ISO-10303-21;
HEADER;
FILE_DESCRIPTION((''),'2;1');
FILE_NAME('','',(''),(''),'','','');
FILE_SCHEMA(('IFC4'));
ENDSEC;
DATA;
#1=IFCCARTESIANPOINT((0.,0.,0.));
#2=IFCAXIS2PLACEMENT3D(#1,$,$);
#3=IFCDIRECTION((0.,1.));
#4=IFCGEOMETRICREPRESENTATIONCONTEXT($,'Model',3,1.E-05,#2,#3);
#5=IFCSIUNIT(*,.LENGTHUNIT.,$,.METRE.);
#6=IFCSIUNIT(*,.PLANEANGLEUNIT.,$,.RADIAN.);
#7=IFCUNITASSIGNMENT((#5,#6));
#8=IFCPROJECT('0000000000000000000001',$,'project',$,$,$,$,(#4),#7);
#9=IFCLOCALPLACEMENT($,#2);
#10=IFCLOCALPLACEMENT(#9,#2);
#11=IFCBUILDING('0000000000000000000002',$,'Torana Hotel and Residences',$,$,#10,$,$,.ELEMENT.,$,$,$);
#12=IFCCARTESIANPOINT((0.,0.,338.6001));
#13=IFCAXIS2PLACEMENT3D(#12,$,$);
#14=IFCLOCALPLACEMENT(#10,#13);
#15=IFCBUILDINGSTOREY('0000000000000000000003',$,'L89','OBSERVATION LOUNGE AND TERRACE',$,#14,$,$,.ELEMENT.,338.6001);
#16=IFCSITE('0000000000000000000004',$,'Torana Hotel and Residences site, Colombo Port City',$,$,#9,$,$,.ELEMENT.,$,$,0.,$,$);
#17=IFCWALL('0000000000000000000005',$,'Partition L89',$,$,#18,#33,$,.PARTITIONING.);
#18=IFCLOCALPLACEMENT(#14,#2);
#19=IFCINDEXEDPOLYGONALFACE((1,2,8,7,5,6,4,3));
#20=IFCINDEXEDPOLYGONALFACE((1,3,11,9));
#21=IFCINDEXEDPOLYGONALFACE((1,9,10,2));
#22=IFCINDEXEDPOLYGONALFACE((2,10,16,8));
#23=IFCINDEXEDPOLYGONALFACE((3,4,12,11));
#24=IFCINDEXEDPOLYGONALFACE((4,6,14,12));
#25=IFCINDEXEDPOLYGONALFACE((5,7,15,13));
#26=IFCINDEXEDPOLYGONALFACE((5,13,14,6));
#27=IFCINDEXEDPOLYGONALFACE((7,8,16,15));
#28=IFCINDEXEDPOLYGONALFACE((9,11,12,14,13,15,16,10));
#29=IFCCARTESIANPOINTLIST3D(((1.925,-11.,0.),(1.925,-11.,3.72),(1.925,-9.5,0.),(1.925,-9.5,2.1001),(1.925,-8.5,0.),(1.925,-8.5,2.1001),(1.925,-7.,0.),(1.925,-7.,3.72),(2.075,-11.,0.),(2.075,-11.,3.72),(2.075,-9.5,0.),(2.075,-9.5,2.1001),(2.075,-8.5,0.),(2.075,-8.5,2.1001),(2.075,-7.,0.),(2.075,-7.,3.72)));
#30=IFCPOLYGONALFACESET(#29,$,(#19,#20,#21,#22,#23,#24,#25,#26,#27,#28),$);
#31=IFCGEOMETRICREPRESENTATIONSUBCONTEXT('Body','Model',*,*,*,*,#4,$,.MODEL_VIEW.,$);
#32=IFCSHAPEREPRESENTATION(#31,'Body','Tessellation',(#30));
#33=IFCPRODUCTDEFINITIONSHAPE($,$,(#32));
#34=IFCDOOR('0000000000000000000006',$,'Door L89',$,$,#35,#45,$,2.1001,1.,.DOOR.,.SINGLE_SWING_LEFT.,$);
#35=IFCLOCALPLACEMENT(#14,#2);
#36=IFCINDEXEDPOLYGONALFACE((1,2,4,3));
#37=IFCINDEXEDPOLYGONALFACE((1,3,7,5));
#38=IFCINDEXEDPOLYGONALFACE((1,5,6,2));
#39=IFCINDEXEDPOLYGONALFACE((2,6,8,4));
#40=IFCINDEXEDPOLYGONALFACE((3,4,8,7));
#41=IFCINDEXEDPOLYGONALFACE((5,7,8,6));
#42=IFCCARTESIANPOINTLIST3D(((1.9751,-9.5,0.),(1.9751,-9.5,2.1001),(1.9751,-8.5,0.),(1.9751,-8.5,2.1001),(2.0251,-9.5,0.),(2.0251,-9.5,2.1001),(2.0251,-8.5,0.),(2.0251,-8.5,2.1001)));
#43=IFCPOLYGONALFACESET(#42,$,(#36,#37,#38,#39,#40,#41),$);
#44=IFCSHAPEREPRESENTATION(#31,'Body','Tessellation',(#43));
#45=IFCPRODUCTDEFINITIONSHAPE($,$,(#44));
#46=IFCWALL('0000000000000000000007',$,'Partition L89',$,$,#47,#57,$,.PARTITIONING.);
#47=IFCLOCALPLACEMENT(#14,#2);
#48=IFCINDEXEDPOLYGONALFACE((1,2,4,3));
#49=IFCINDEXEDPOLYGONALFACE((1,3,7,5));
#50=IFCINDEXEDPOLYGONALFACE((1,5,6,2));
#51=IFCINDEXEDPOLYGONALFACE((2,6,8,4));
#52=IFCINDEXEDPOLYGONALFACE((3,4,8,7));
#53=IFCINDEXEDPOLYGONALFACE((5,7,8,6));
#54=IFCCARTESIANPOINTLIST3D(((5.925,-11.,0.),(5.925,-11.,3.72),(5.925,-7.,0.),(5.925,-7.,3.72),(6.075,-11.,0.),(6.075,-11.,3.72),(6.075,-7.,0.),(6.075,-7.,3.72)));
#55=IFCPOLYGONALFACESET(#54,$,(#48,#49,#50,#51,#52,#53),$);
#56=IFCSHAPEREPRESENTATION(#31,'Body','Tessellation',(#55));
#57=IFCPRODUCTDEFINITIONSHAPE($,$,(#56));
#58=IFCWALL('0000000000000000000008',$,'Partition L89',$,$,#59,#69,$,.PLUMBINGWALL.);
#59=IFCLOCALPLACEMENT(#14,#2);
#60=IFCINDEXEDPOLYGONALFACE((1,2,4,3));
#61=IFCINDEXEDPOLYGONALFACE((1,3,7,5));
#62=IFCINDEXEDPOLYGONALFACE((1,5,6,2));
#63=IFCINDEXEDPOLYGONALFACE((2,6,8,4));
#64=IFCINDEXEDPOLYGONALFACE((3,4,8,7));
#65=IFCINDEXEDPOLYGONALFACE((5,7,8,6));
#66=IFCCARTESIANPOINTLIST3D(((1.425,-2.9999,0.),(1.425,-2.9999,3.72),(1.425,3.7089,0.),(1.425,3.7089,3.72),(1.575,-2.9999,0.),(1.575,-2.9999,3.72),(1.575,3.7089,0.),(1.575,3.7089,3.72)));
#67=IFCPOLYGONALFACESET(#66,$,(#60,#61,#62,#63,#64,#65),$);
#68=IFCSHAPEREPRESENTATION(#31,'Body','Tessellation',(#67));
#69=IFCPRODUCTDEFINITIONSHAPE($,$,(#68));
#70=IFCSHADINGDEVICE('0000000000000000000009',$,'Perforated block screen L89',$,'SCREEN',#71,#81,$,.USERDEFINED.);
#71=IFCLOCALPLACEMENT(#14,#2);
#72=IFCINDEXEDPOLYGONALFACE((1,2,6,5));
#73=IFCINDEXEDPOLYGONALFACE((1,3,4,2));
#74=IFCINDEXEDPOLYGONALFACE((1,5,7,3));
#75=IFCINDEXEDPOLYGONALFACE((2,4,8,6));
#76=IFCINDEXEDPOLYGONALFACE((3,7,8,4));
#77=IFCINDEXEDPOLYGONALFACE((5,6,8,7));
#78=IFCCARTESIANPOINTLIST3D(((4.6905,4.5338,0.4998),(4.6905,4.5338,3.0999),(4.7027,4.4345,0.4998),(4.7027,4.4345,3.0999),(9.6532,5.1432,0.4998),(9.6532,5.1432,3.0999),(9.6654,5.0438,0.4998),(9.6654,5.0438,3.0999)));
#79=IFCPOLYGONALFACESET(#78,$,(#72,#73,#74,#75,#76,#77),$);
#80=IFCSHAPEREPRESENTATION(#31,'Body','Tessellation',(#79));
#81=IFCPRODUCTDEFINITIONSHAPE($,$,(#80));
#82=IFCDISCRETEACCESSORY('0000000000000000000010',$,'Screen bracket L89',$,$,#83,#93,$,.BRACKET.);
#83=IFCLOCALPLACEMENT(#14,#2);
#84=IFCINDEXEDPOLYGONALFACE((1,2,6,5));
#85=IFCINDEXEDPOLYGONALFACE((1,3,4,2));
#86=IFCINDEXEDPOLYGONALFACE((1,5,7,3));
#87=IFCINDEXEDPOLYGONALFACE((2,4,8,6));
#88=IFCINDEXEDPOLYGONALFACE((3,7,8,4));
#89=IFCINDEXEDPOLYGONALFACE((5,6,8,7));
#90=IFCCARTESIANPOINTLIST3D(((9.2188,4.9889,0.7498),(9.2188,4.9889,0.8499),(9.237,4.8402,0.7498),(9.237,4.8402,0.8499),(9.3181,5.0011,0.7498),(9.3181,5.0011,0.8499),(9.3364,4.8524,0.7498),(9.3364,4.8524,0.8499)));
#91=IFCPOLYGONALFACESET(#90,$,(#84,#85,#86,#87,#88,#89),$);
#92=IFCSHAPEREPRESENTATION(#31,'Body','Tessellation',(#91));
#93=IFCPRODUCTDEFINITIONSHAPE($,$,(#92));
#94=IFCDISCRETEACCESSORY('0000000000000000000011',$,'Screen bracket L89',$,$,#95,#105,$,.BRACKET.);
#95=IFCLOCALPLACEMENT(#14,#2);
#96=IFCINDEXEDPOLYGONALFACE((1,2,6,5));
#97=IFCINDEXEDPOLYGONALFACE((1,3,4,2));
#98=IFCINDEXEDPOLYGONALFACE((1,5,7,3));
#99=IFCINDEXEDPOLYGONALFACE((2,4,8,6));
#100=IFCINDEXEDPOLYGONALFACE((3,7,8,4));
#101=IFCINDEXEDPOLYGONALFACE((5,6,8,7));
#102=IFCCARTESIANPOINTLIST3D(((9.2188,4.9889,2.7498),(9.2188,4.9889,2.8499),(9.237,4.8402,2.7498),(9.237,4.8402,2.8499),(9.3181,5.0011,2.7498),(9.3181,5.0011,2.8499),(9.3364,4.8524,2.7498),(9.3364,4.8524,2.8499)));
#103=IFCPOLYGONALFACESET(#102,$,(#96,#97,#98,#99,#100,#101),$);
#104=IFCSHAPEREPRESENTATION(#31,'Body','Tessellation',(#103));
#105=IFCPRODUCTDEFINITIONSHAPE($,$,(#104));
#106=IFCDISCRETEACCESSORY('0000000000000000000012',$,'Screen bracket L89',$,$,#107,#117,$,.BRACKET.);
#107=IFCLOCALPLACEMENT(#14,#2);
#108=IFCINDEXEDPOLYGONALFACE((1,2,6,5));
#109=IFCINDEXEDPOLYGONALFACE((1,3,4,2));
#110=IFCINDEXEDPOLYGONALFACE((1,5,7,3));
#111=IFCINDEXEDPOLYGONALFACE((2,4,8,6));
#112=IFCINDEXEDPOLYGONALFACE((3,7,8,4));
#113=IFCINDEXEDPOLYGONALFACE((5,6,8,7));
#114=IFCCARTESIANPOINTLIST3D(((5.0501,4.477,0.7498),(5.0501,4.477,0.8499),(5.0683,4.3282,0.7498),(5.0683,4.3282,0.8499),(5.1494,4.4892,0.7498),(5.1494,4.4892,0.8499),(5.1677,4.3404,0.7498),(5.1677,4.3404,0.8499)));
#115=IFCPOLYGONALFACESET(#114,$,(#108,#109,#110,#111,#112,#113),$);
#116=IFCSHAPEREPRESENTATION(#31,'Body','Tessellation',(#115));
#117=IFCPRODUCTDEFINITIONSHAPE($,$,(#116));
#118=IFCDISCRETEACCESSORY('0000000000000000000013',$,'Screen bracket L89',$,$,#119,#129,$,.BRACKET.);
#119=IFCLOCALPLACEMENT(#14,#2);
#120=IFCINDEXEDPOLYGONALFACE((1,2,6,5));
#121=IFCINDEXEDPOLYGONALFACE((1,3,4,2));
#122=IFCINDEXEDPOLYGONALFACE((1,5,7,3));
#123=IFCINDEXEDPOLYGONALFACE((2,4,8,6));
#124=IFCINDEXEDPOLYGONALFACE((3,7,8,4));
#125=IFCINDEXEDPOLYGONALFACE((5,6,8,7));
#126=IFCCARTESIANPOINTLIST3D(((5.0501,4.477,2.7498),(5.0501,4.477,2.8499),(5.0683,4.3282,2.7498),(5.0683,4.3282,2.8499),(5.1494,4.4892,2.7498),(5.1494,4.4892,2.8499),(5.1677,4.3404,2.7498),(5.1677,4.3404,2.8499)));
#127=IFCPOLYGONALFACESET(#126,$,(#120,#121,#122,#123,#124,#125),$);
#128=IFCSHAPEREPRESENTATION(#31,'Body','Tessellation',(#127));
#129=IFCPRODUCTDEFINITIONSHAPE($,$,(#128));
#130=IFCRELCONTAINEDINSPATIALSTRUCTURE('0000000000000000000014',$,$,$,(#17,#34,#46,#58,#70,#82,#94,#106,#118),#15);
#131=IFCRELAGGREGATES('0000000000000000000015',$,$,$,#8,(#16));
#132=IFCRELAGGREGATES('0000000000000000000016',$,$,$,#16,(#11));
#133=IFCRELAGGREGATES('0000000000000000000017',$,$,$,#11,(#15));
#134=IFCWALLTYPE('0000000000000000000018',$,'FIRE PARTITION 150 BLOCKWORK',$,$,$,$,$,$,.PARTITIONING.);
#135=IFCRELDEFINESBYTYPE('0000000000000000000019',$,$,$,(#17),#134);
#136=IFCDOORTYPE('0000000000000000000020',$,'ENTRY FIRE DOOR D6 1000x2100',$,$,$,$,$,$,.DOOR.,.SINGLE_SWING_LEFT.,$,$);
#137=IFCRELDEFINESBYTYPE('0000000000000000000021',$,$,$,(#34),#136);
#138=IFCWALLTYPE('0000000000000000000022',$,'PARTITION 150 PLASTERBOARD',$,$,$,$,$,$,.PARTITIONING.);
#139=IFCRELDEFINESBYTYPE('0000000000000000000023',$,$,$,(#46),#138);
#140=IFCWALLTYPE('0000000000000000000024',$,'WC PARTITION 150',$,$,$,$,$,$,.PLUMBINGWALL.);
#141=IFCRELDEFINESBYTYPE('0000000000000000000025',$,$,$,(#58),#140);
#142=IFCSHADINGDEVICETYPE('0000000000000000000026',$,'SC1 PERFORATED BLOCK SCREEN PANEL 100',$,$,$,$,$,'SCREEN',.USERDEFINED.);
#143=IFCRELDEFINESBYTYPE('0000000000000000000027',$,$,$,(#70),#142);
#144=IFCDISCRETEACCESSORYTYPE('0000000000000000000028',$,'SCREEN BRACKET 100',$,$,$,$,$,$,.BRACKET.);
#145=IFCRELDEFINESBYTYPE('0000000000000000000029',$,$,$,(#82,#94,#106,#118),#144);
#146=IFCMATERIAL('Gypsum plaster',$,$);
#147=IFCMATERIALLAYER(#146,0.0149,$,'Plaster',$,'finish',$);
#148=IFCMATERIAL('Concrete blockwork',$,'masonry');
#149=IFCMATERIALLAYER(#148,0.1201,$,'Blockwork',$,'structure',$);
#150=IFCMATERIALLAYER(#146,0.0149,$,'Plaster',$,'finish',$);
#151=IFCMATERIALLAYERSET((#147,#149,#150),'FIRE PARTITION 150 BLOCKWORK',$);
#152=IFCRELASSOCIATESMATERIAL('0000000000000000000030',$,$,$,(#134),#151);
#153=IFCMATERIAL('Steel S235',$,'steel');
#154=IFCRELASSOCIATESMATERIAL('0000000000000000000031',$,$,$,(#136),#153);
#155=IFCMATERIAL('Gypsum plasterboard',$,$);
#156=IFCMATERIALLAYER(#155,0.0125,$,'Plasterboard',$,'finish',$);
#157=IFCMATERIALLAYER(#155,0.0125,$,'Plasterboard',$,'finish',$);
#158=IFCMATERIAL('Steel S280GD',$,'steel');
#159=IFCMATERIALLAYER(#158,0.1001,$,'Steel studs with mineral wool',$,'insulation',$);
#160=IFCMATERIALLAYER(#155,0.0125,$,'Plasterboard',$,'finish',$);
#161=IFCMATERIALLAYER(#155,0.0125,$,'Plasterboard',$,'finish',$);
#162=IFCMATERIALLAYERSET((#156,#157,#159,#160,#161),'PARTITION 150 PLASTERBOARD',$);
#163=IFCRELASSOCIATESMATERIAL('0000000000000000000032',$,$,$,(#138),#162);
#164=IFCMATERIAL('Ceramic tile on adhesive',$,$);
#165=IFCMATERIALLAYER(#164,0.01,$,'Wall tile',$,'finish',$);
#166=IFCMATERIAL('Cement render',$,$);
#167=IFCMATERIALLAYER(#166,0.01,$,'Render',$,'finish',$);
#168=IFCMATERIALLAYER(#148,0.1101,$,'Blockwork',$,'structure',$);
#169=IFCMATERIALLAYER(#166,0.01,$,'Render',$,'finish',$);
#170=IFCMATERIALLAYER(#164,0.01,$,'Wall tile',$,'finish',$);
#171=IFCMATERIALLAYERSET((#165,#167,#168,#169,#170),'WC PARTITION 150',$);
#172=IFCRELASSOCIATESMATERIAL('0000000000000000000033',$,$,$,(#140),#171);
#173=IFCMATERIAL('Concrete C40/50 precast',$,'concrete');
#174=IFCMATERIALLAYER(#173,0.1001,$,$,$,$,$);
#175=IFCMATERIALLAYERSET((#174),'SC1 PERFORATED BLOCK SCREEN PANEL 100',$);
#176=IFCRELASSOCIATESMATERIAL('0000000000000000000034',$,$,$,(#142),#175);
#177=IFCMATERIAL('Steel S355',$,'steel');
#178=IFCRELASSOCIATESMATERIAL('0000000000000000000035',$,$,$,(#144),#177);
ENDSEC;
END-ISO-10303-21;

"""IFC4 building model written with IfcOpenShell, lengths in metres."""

from ifc_helpers import new_model, si_unit, direction, frame, frame_2d, origin, origin_2d, place, context, subcontext, project, spatial, rectangle, extrude, material, layer, layer_set, type_object, element, fill, save


model = new_model("IFC4")

# Units and contexts
model_context = context("Model", 3, precision=1e-05, world=origin(), true_north=direction((0.0, 1.0)))
body_context = subcontext(model_context, "Body", "Model", "MODEL_VIEW")
ifc_project = project(units=[si_unit("LENGTHUNIT", "METRE"), si_unit("PLANEANGLEUNIT", "RADIAN")], contexts=[model_context])

# Site, building, storey
site_placement = place(None, origin())
site = spatial("IfcSite", under=ifc_project, at=site_placement, Name="Torana Hotel and Residences site, Colombo Port City", CompositionType="ELEMENT", RefElevation=0.0)
building_placement = place(site_placement, origin())
building = spatial("IfcBuilding", under=site, at=building_placement, Name="Torana Hotel and Residences", CompositionType="ELEMENT")
storey_placement = place(building_placement, frame((0.0, 0.0, 338.6001)))
storey = spatial("IfcBuildingStorey", under=building, at=storey_placement, Name="L89", Description="OBSERVATION LOUNGE AND TERRACE", CompositionType="ELEMENT", Elevation=338.6001)

# Wall, opening, door
ifc_material_1 = material(Name="Gypsum plaster")
ifc_layer_1 = layer(ifc_material_1, 0.0149, Name="Plaster", Category="finish")
ifc_material_2 = material(Name="Concrete blockwork", Category="masonry")
ifc_layer_2 = layer(ifc_material_2, 0.1201, Name="Blockwork", Category="structure")
ifc_layer_3 = layer(ifc_material_1, 0.0149, Name="Plaster", Category="finish")
ifc_layer_set_1 = layer_set([ifc_layer_1, ifc_layer_2, ifc_layer_3], Name="FIRE PARTITION 150 BLOCKWORK")
wall_type_1 = type_object("IfcWallType", Name="FIRE PARTITION 150 BLOCKWORK", PredefinedType="PARTITIONING", material=ifc_layer_set_1)
wall_1_placement = place(storey_placement, frame((2.0, -11.0, 0.0), z_axis=(0.0, 0.0, 1.0), x_axis=(0.0, 1.0, 0.0)))
wall_1 = element("IfcWall", 1, at=wall_1_placement, inside=storey, type_object=wall_type_1, Name="Partition L89", PredefinedType="PARTITIONING", context=body_context, shape_type="SweptSolid", body=[
    extrude(rectangle(XDim=4.0, YDim=0.1499, at=frame_2d((2.0, 0.0))), origin(), (0.0, 0.0, 1.0), 3.72),
])
opening_placement = place(wall_1_placement, frame((1.5, 0.0, 0.0)))
opening = element("IfcOpeningElement", 2, at=opening_placement, cuts=wall_1, PredefinedType="OPENING", context=body_context, shape_type="SweptSolid", body=[
    extrude(rectangle(XDim=1.0, YDim=2.1001, at=frame_2d((0.5, 1.05))), frame((0.0, 0.085, 0.0), z_axis=(0.0, -1.0, 0.0), x_axis=(1.0, 0.0, 0.0)), (0.0, 0.0, 1.0), 0.1699),
])
ifc_material_3 = material(Name="Steel S235", Category="steel")
door_type = type_object("IfcDoorType", Name="ENTRY FIRE DOOR D6 1000x2100", OperationType="SINGLE_SWING_LEFT", PredefinedType="DOOR", material=ifc_material_3)
door_placement = place(opening_placement, frame((0.5, 0.0, 0.0), z_axis=(0.0, 0.0, 1.0), x_axis=(-1.0, 0.0, 0.0)))
door = element("IfcDoor", 3, at=door_placement, inside=storey, type_object=door_type, Name="Door L89", OperationType="SINGLE_SWING_LEFT", OverallHeight=2.1001, OverallWidth=1.0, PredefinedType="DOOR", context=body_context, shape_type="SweptSolid", body=[
    extrude(rectangle(XDim=1.0, YDim=2.1001, at=frame_2d((0.0, 1.05))), frame((0.0, -0.0249, 0.0), z_axis=(0.0, 1.0, 0.0), x_axis=(-1.0, 0.0, 0.0)), (0.0, 0.0, 1.0), 0.05),
])
fill(opening, door)

# Walls
ifc_material_4 = material(Name="Gypsum plasterboard")
ifc_layer_4 = layer(ifc_material_4, 0.0125, Name="Plasterboard", Category="finish")
ifc_layer_5 = layer(ifc_material_4, 0.0125, Name="Plasterboard", Category="finish")
ifc_material_5 = material(Name="Steel S280GD", Category="steel")
ifc_layer_6 = layer(ifc_material_5, 0.1001, Name="Steel studs with mineral wool", Category="insulation")
ifc_layer_7 = layer(ifc_material_4, 0.0125, Name="Plasterboard", Category="finish")
ifc_layer_8 = layer(ifc_material_4, 0.0125, Name="Plasterboard", Category="finish")
ifc_layer_set_2 = layer_set([ifc_layer_4, ifc_layer_5, ifc_layer_6, ifc_layer_7, ifc_layer_8], Name="PARTITION 150 PLASTERBOARD")
wall_type_2 = type_object("IfcWallType", Name="PARTITION 150 PLASTERBOARD", PredefinedType="PARTITIONING", material=ifc_layer_set_2)
wall_2_placement = place(storey_placement, frame((6.0, -11.0, 0.0), z_axis=(0.0, 0.0, 1.0), x_axis=(0.0, 1.0, 0.0)))
element("IfcWall", 4, at=wall_2_placement, inside=storey, type_object=wall_type_2, Name="Partition L89", PredefinedType="PARTITIONING", context=body_context, shape_type="SweptSolid", body=[
    extrude(rectangle(XDim=4.0, YDim=0.1499, at=frame_2d((2.0, 0.0))), origin(), (0.0, 0.0, 1.0), 3.72),
])
ifc_material_6 = material(Name="Ceramic tile on adhesive")
ifc_layer_9 = layer(ifc_material_6, 0.01, Name="Wall tile", Category="finish")
ifc_material_7 = material(Name="Cement render")
ifc_layer_10 = layer(ifc_material_7, 0.01, Name="Render", Category="finish")
ifc_layer_11 = layer(ifc_material_2, 0.1101, Name="Blockwork", Category="structure")
ifc_layer_12 = layer(ifc_material_7, 0.01, Name="Render", Category="finish")
ifc_layer_13 = layer(ifc_material_6, 0.01, Name="Wall tile", Category="finish")
ifc_layer_set_3 = layer_set([ifc_layer_9, ifc_layer_10, ifc_layer_11, ifc_layer_12, ifc_layer_13], Name="WC PARTITION 150")
wall_type_3 = type_object("IfcWallType", Name="WC PARTITION 150", PredefinedType="PLUMBINGWALL", material=ifc_layer_set_3)
wall_3_placement = place(storey_placement, frame((1.5, -3.0, 0.0), z_axis=(0.0, 0.0, 1.0), x_axis=(0.0, 1.0, 0.0)))
element("IfcWall", 5, at=wall_3_placement, inside=storey, type_object=wall_type_3, Name="Partition L89", PredefinedType="PLUMBINGWALL", context=body_context, shape_type="SweptSolid", body=[
    extrude(rectangle(XDim=6.7087, YDim=0.1499, at=frame_2d((3.3545, 0.0))), origin(), (0.0, 0.0, 1.0), 3.72),
])

# Shading device
ifc_material_8 = material(Name="Concrete C40/50 precast", Category="concrete")
ifc_layer_14 = layer(ifc_material_8, 0.1001)
ifc_layer_set_4 = layer_set([ifc_layer_14], Name="SC1 PERFORATED BLOCK SCREEN PANEL 100")
shading_device_type = type_object("IfcShadingDeviceType", Name="SC1 PERFORATED BLOCK SCREEN PANEL 100", ElementType="SCREEN", PredefinedType="USERDEFINED", material=ifc_layer_set_4)
shading_device_placement = place(storey_placement, frame((7.178, 4.7888, 0.4998), z_axis=(0.0, 0.0, 1.0), x_axis=(-0.992547, -0.121866, 0.0)))
element("IfcShadingDevice", 6, at=shading_device_placement, inside=storey, type_object=shading_device_type, Name="Perforated block screen L89", ObjectType="SCREEN", PredefinedType="USERDEFINED", context=body_context, shape_type="SweptSolid", body=[
    extrude(rectangle(XDim=5.0, YDim=0.1001, at=origin_2d()), origin(), (0.0, 0.0, 1.0), 2.6001),
])

# Discrete accessories
ifc_material_9 = material(Name="Steel S355", Category="steel")
discrete_accessory_type = type_object("IfcDiscreteAccessoryType", Name="SCREEN BRACKET 100", PredefinedType="BRACKET", material=ifc_material_9)
for number, where, z_axis, x_axis, name in (
    (7, (9.2776, 4.9207, 0.7498), (0.0, 0.0, 1.0), (-0.992547, -0.121866, 0.0), "Screen bracket L89"),
    (8, (9.2776, 4.9207, 2.7498), (0.0, 0.0, 1.0), (-0.992547, -0.121866, 0.0), "Screen bracket L89"),
    (9, (5.1089, 4.4087, 0.7498), (0.0, 0.0, 1.0), (-0.992547, -0.121866, 0.0), "Screen bracket L89"),
    (10, (5.1089, 4.4087, 2.7498), (0.0, 0.0, 1.0), (-0.992547, -0.121866, 0.0), "Screen bracket L89"),
):
    element("IfcDiscreteAccessory", number, at=place(storey_placement, frame(where, z_axis=z_axis, x_axis=x_axis)), inside=storey, type_object=discrete_accessory_type, Name=name, PredefinedType="BRACKET", context=body_context, shape_type="SweptSolid", body=[
        extrude(rectangle(XDim=0.1001, YDim=0.1499, at=origin_2d()), origin(), (0.0, 0.0, 1.0), 0.1001),
    ])

save(model, "model.ifc")
